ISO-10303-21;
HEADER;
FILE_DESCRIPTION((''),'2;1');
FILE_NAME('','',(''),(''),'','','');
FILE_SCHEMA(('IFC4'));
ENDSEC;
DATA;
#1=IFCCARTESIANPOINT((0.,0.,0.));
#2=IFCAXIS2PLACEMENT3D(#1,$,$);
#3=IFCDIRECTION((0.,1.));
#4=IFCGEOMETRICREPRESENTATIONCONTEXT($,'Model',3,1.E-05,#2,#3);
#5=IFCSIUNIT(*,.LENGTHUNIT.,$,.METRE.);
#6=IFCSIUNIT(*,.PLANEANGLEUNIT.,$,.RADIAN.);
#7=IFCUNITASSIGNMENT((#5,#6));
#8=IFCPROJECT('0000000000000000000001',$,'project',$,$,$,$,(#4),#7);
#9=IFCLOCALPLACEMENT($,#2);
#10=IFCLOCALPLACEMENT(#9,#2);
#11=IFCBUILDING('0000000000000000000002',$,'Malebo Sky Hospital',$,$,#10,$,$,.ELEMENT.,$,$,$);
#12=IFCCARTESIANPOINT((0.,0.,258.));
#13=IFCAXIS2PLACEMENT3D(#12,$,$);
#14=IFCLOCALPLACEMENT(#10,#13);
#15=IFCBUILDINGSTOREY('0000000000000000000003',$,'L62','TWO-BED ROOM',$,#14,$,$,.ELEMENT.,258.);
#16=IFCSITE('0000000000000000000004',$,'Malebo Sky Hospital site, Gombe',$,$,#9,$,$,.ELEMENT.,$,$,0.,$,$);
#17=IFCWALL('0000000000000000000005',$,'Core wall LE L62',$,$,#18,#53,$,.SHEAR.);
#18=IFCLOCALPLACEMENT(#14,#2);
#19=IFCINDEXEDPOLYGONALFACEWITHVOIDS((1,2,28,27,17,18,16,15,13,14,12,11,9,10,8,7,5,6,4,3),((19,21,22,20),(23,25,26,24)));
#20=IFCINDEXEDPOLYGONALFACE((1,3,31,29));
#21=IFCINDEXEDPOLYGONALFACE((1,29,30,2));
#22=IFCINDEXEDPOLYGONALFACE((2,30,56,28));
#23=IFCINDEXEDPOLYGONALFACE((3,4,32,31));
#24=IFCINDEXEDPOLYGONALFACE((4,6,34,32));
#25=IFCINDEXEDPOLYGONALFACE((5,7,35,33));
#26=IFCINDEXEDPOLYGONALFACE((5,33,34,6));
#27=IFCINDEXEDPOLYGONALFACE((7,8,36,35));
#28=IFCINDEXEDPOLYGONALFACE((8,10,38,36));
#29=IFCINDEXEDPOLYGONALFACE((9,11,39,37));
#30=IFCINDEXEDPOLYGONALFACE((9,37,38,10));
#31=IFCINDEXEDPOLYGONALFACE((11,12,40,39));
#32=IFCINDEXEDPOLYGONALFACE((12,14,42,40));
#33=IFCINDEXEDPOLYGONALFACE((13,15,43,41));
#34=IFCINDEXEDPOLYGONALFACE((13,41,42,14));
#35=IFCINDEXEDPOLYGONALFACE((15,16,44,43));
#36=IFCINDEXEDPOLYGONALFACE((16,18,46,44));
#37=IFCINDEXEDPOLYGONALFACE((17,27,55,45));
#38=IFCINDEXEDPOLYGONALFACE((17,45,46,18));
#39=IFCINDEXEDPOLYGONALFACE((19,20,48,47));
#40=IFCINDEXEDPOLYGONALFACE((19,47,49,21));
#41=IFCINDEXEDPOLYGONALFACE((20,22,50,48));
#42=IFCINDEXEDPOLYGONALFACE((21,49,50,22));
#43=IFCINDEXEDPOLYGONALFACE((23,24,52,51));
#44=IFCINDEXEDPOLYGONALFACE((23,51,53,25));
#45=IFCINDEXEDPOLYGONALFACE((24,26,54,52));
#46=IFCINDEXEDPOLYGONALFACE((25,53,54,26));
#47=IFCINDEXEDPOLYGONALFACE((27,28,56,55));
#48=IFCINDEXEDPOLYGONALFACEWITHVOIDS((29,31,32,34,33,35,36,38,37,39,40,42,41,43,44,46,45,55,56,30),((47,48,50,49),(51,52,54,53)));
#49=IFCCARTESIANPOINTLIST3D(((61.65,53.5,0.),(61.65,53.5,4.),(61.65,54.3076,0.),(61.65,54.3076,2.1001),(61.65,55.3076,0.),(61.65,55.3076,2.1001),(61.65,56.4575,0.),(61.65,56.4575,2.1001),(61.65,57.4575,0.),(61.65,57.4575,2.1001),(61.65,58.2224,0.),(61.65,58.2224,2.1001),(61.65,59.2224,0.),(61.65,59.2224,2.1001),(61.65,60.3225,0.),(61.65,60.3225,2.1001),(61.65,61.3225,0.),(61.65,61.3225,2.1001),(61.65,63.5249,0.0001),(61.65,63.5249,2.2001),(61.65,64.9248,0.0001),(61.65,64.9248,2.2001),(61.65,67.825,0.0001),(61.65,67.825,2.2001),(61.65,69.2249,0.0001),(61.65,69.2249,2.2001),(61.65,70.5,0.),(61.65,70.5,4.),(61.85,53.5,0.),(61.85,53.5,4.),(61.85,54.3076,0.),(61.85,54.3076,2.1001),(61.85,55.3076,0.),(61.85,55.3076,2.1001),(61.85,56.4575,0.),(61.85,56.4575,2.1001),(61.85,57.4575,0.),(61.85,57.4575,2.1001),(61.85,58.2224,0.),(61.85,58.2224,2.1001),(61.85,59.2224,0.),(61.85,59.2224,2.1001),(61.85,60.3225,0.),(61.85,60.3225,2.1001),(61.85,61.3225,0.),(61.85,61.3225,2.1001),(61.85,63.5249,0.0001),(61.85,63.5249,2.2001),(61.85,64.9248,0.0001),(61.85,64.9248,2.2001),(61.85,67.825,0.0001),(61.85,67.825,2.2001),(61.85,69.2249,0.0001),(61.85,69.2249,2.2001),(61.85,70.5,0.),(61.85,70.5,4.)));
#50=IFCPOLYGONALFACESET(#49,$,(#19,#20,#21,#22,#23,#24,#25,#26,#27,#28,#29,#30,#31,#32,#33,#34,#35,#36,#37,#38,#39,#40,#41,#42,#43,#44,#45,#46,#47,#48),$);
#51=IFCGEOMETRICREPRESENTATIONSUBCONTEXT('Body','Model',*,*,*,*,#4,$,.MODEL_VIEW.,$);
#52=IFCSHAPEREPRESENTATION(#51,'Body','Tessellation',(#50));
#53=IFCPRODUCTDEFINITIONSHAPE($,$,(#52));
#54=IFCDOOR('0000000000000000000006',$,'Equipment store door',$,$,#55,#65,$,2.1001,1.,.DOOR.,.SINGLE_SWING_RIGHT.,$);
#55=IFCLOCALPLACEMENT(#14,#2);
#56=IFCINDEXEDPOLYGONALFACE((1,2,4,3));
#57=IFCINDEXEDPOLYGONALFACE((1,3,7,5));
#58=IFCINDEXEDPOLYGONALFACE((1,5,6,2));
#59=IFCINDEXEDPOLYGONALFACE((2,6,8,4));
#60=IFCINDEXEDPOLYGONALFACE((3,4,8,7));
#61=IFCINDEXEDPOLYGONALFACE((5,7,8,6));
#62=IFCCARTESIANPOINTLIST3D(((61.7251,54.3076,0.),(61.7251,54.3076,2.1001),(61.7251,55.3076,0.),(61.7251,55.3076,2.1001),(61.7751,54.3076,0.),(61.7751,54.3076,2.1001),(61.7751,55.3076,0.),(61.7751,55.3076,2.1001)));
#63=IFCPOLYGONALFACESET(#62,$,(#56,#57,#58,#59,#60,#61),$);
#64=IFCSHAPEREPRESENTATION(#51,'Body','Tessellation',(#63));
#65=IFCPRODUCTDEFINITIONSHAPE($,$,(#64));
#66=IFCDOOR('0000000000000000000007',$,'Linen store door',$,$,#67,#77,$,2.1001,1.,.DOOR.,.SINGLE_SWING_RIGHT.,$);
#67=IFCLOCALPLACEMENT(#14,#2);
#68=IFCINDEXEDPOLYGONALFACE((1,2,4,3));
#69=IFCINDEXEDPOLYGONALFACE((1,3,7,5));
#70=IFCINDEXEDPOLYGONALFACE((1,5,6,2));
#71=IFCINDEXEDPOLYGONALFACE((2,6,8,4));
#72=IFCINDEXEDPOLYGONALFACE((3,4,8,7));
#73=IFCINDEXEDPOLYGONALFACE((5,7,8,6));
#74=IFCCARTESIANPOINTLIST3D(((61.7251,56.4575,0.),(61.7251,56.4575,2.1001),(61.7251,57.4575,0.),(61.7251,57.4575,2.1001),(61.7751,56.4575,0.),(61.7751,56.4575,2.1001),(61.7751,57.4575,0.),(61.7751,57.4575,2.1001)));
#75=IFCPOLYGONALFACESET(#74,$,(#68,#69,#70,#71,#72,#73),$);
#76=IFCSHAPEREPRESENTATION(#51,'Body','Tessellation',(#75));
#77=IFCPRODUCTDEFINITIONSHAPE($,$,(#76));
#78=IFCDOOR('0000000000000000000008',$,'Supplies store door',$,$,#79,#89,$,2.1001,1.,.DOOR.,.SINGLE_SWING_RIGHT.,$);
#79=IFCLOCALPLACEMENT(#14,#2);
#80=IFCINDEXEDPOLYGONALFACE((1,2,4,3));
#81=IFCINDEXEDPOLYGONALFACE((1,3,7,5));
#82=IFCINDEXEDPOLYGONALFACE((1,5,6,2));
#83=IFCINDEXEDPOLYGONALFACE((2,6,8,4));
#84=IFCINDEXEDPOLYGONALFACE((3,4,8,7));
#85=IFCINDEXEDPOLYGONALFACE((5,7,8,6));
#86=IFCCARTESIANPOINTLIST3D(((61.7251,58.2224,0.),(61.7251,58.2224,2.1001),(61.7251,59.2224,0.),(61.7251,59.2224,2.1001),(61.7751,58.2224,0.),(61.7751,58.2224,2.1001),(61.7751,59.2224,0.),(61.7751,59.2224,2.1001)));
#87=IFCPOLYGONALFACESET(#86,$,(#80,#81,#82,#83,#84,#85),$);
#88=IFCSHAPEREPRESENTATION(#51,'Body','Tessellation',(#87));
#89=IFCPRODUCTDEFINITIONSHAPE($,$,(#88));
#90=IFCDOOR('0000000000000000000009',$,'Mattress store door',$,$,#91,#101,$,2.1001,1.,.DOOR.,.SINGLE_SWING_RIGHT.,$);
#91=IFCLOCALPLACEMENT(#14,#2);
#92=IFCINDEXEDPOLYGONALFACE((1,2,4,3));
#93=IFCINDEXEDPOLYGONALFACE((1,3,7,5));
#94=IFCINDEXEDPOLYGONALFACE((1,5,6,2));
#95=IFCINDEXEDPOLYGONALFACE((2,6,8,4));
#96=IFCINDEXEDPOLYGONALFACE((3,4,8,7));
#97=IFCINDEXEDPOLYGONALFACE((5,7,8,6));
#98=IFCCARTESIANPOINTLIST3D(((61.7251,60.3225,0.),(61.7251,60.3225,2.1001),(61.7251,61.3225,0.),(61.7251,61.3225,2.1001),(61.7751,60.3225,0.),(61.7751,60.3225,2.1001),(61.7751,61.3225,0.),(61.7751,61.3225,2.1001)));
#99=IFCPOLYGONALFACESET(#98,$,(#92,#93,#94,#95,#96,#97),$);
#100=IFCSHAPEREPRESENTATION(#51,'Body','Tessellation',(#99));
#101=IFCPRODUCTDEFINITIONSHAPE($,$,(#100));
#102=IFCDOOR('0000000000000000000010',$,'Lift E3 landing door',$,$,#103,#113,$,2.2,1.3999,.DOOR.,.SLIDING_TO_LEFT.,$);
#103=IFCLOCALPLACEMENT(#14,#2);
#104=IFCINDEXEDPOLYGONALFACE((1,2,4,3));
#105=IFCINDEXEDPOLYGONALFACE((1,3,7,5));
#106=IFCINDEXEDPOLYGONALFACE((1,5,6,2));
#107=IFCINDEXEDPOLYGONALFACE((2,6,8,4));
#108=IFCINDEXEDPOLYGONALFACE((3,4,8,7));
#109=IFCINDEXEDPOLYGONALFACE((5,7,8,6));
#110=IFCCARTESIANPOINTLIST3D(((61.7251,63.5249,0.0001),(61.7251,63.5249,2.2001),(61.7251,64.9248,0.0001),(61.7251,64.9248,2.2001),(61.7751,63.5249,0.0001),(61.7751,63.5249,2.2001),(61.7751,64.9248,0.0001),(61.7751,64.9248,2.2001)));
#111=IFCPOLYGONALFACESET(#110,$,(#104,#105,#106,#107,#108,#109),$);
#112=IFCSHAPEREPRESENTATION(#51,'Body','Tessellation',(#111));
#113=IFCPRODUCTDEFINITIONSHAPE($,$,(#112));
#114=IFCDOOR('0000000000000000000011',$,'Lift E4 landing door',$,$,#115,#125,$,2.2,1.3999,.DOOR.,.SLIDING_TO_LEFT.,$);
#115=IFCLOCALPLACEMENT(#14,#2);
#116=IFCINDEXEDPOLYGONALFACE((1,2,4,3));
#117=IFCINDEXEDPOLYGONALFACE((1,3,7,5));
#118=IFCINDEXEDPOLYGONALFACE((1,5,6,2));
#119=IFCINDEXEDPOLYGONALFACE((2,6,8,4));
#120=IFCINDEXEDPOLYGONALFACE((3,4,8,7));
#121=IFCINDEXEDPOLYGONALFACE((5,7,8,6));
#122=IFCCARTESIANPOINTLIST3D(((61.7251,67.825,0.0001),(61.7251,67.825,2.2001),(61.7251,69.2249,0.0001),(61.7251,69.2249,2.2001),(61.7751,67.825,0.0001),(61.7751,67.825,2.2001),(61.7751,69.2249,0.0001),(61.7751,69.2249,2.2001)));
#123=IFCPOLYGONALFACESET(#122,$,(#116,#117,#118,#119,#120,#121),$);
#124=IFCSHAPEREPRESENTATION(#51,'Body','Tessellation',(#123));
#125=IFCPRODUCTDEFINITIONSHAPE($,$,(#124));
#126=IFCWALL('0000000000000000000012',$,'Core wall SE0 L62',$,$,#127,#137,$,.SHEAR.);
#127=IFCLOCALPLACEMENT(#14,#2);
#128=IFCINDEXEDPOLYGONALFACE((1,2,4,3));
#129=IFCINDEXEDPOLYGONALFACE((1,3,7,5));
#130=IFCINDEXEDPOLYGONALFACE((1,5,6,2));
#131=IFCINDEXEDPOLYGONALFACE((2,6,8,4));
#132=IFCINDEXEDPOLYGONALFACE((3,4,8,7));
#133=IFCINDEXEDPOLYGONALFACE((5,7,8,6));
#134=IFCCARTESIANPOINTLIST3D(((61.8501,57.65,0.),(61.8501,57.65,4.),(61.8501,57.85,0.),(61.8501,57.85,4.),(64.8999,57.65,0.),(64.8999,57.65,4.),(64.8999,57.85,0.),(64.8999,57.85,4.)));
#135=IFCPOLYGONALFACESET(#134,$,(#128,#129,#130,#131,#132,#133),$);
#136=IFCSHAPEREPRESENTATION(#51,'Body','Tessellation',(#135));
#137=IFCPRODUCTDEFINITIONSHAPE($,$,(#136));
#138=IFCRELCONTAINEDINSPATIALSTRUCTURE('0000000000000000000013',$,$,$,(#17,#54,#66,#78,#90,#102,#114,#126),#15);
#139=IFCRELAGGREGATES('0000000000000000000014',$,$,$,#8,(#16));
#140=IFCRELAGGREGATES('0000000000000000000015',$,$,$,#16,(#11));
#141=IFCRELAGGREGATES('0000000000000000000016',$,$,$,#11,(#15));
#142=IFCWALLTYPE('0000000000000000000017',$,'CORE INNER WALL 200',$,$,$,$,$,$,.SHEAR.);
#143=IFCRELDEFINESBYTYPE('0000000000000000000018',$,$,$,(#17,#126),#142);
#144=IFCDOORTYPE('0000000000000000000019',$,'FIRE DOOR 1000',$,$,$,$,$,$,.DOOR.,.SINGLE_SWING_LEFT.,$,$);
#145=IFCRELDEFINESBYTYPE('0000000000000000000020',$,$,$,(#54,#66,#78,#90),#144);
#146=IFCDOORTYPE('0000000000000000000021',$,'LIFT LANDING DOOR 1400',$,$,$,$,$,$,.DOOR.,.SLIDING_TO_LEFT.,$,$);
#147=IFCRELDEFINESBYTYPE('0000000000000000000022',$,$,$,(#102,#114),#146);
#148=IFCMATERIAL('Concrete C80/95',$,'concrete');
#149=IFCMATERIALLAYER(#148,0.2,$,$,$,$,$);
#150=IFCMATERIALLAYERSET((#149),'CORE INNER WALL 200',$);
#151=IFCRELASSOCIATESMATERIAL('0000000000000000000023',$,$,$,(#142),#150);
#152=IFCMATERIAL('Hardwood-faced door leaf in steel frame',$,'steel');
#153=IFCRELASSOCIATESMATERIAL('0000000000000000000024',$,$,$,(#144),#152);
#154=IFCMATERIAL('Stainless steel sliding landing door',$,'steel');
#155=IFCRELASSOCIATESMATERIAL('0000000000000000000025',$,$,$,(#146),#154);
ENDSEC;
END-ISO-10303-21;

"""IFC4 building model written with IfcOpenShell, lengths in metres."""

from ifc_helpers import new_model, si_unit, direction, frame, frame_2d, origin, place, context, subcontext, project, spatial, rectangle, extrude, material, layer, layer_set, type_object, element, fill, save


model = new_model("IFC4")

# Units and contexts
model_context = context("Model", 3, precision=1e-05, world=origin(), true_north=direction((0.0, 1.0)))
body_context = subcontext(model_context, "Body", "Model", "MODEL_VIEW")
ifc_project = project(units=[si_unit("LENGTHUNIT", "METRE"), si_unit("PLANEANGLEUNIT", "RADIAN")], contexts=[model_context])

# Site, building, storey
site_placement = place(None, origin())
site = spatial("IfcSite", under=ifc_project, at=site_placement, Name="Malebo Sky Hospital site, Gombe", CompositionType="ELEMENT", RefElevation=0.0)
building_placement = place(site_placement, origin())
building = spatial("IfcBuilding", under=site, at=building_placement, Name="Malebo Sky Hospital", CompositionType="ELEMENT")
storey_placement = place(building_placement, frame((0.0, 0.0, 258.0)))
storey = spatial("IfcBuildingStorey", under=building, at=storey_placement, Name="L62", Description="TWO-BED ROOM", CompositionType="ELEMENT", Elevation=258.0)

# Wall, openings, doors
ifc_material_1 = material(Name="Concrete C80/95", Category="concrete")
ifc_layer_1 = layer(ifc_material_1, 0.2)
ifc_layer_set_1 = layer_set([ifc_layer_1], Name="CORE INNER WALL 200")
wall_type_1 = type_object("IfcWallType", Name="CORE INNER WALL 200", PredefinedType="SHEAR", material=ifc_layer_set_1)
ifc_material_2 = material(Name="Hardwood-faced door leaf in steel frame", Category="steel")
door_type_1 = type_object("IfcDoorType", Name="FIRE DOOR 1000", OperationType="SINGLE_SWING_LEFT", PredefinedType="DOOR", material=ifc_material_2)
ifc_material_3 = material(Name="Stainless steel sliding landing door", Category="steel")
door_type_2 = type_object("IfcDoorType", Name="LIFT LANDING DOOR 1400", OperationType="SLIDING_TO_LEFT", PredefinedType="DOOR", material=ifc_material_3)
wall_1_placement = place(storey_placement, frame((61.75, 53.5, 0.0), z_axis=(0.0, 0.0, 1.0), x_axis=(0.0, 1.0, 0.0)))
wall_1 = element("IfcWall", 1, at=wall_1_placement, inside=storey, type_object=wall_type_1, Name="Core wall LE L62", PredefinedType="SHEAR", context=body_context, shape_type="SweptSolid", body=[
    extrude(rectangle(XDim=17.0, YDim=0.2, at=frame_2d((8.5, 0.0))), origin(), (0.0, 0.0, 1.0), 4.0),
])
opening_1_placement = place(wall_1_placement, frame((0.8076, 0.0, 0.0)))
opening_1 = element("IfcOpeningElement", 2, at=opening_1_placement, cuts=wall_1, PredefinedType="OPENING", context=body_context, shape_type="SweptSolid", body=[
    extrude(rectangle(XDim=1.0, YDim=2.1001, at=frame_2d((0.5, 1.05))), frame((0.0, 0.1099, 0.0), z_axis=(0.0, -1.0, 0.0), x_axis=(1.0, 0.0, 0.0)), (0.0, 0.0, 1.0), 0.22),
])
opening_2_placement = place(wall_1_placement, frame((2.9575, 0.0, 0.0)))
opening_2 = element("IfcOpeningElement", 3, at=opening_2_placement, cuts=wall_1, PredefinedType="OPENING", context=body_context, shape_type="SweptSolid", body=[
    extrude(rectangle(XDim=1.0, YDim=2.1001, at=frame_2d((0.5, 1.05))), frame((0.0, 0.1099, 0.0), z_axis=(0.0, -1.0, 0.0), x_axis=(1.0, 0.0, 0.0)), (0.0, 0.0, 1.0), 0.22),
])
opening_3_placement = place(wall_1_placement, frame((4.7224, 0.0, 0.0)))
opening_3 = element("IfcOpeningElement", 4, at=opening_3_placement, cuts=wall_1, PredefinedType="OPENING", context=body_context, shape_type="SweptSolid", body=[
    extrude(rectangle(XDim=1.0, YDim=2.1001, at=frame_2d((0.5, 1.05))), frame((0.0, 0.1099, 0.0), z_axis=(0.0, -1.0, 0.0), x_axis=(1.0, 0.0, 0.0)), (0.0, 0.0, 1.0), 0.22),
])
opening_4_placement = place(wall_1_placement, frame((6.8225, 0.0, 0.0)))
opening_4 = element("IfcOpeningElement", 5, at=opening_4_placement, cuts=wall_1, PredefinedType="OPENING", context=body_context, shape_type="SweptSolid", body=[
    extrude(rectangle(XDim=1.0, YDim=2.1001, at=frame_2d((0.5, 1.05))), frame((0.0, 0.1099, 0.0), z_axis=(0.0, -1.0, 0.0), x_axis=(1.0, 0.0, 0.0)), (0.0, 0.0, 1.0), 0.22),
])
opening_5_placement = place(wall_1_placement, frame((10.0249, 0.0, 0.0)))
opening_5 = element("IfcOpeningElement", 6, at=opening_5_placement, cuts=wall_1, PredefinedType="OPENING", context=body_context, shape_type="SweptSolid", body=[
    extrude(rectangle(XDim=1.3999, YDim=2.2, at=frame_2d((0.7, 1.1001))), frame((0.0, 0.1099, 0.0), z_axis=(0.0, -1.0, 0.0), x_axis=(1.0, 0.0, 0.0)), (0.0, 0.0, 1.0), 0.22),
])
opening_6_placement = place(wall_1_placement, frame((14.325, 0.0, 0.0)))
opening_6 = element("IfcOpeningElement", 7, at=opening_6_placement, cuts=wall_1, PredefinedType="OPENING", context=body_context, shape_type="SweptSolid", body=[
    extrude(rectangle(XDim=1.3999, YDim=2.2, at=frame_2d((0.7, 1.1001))), frame((0.0, 0.1099, 0.0), z_axis=(0.0, -1.0, 0.0), x_axis=(1.0, 0.0, 0.0)), (0.0, 0.0, 1.0), 0.22),
])
door_1_placement = place(opening_1_placement, origin())
door_1 = element("IfcDoor", 8, at=door_1_placement, inside=storey, type_object=door_type_1, Name="Equipment store door", OperationType="SINGLE_SWING_RIGHT", OverallHeight=2.1001, OverallWidth=1.0, PredefinedType="DOOR", context=body_context, shape_type="SweptSolid", body=[
    extrude(rectangle(XDim=1.0, YDim=2.1001, at=frame_2d((0.5, 1.05))), frame((0.0, 0.0249, 0.0), z_axis=(0.0, -1.0, 0.0), x_axis=(1.0, 0.0, 0.0)), (0.0, 0.0, 1.0), 0.05),
])
fill(opening_1, door_1)
door_2_placement = place(opening_2_placement, origin())
door_2 = element("IfcDoor", 9, at=door_2_placement, inside=storey, type_object=door_type_1, Name="Linen store door", OperationType="SINGLE_SWING_RIGHT", OverallHeight=2.1001, OverallWidth=1.0, PredefinedType="DOOR", context=body_context, shape_type="SweptSolid", body=[
    extrude(rectangle(XDim=1.0, YDim=2.1001, at=frame_2d((0.5, 1.05))), frame((0.0, 0.0249, 0.0), z_axis=(0.0, -1.0, 0.0), x_axis=(1.0, 0.0, 0.0)), (0.0, 0.0, 1.0), 0.05),
])
fill(opening_2, door_2)
door_3_placement = place(opening_3_placement, origin())
door_3 = element("IfcDoor", 10, at=door_3_placement, inside=storey, type_object=door_type_1, Name="Supplies store door", OperationType="SINGLE_SWING_RIGHT", OverallHeight=2.1001, OverallWidth=1.0, PredefinedType="DOOR", context=body_context, shape_type="SweptSolid", body=[
    extrude(rectangle(XDim=1.0, YDim=2.1001, at=frame_2d((0.5, 1.05))), frame((0.0, 0.0249, 0.0), z_axis=(0.0, -1.0, 0.0), x_axis=(1.0, 0.0, 0.0)), (0.0, 0.0, 1.0), 0.05),
])
fill(opening_3, door_3)
door_4_placement = place(opening_4_placement, origin())
door_4 = element("IfcDoor", 11, at=door_4_placement, inside=storey, type_object=door_type_1, Name="Mattress store door", OperationType="SINGLE_SWING_RIGHT", OverallHeight=2.1001, OverallWidth=1.0, PredefinedType="DOOR", context=body_context, shape_type="SweptSolid", body=[
    extrude(rectangle(XDim=1.0, YDim=2.1001, at=frame_2d((0.5, 1.05))), frame((0.0, 0.0249, 0.0), z_axis=(0.0, -1.0, 0.0), x_axis=(1.0, 0.0, 0.0)), (0.0, 0.0, 1.0), 0.05),
])
fill(opening_4, door_4)
door_5_placement = place(opening_5_placement, origin())
door_5 = element("IfcDoor", 12, at=door_5_placement, inside=storey, type_object=door_type_2, Name="Lift E3 landing door", OperationType="SLIDING_TO_LEFT", OverallHeight=2.2, OverallWidth=1.3999, PredefinedType="DOOR", context=body_context, shape_type="SweptSolid", body=[
    extrude(rectangle(XDim=1.3999, YDim=2.2, at=frame_2d((0.7, 1.1001))), frame((0.0, 0.0249, 0.0), z_axis=(0.0, -1.0, 0.0), x_axis=(1.0, 0.0, 0.0)), (0.0, 0.0, 1.0), 0.05),
])
fill(opening_5, door_5)
door_6_placement = place(opening_6_placement, origin())
door_6 = element("IfcDoor", 13, at=door_6_placement, inside=storey, type_object=door_type_2, Name="Lift E4 landing door", OperationType="SLIDING_TO_LEFT", OverallHeight=2.2, OverallWidth=1.3999, PredefinedType="DOOR", context=body_context, shape_type="SweptSolid", body=[
    extrude(rectangle(XDim=1.3999, YDim=2.2, at=frame_2d((0.7, 1.1001))), frame((0.0, 0.0249, 0.0), z_axis=(0.0, -1.0, 0.0), x_axis=(1.0, 0.0, 0.0)), (0.0, 0.0, 1.0), 0.05),
])
fill(opening_6, door_6)

# Wall
wall_2_placement = place(storey_placement, frame((61.8501, 57.75, 0.0), z_axis=(0.0, 0.0, 1.0), x_axis=(1.0, 0.0, 0.0)))
element("IfcWall", 14, at=wall_2_placement, inside=storey, type_object=wall_type_1, Name="Core wall SE0 L62", PredefinedType="SHEAR", context=body_context, shape_type="SweptSolid", body=[
    extrude(rectangle(XDim=3.0498, YDim=0.2, at=frame_2d((1.5249, 0.0))), origin(), (0.0, 0.0, 1.0), 4.0),
])

save(model, "model.ifc")
